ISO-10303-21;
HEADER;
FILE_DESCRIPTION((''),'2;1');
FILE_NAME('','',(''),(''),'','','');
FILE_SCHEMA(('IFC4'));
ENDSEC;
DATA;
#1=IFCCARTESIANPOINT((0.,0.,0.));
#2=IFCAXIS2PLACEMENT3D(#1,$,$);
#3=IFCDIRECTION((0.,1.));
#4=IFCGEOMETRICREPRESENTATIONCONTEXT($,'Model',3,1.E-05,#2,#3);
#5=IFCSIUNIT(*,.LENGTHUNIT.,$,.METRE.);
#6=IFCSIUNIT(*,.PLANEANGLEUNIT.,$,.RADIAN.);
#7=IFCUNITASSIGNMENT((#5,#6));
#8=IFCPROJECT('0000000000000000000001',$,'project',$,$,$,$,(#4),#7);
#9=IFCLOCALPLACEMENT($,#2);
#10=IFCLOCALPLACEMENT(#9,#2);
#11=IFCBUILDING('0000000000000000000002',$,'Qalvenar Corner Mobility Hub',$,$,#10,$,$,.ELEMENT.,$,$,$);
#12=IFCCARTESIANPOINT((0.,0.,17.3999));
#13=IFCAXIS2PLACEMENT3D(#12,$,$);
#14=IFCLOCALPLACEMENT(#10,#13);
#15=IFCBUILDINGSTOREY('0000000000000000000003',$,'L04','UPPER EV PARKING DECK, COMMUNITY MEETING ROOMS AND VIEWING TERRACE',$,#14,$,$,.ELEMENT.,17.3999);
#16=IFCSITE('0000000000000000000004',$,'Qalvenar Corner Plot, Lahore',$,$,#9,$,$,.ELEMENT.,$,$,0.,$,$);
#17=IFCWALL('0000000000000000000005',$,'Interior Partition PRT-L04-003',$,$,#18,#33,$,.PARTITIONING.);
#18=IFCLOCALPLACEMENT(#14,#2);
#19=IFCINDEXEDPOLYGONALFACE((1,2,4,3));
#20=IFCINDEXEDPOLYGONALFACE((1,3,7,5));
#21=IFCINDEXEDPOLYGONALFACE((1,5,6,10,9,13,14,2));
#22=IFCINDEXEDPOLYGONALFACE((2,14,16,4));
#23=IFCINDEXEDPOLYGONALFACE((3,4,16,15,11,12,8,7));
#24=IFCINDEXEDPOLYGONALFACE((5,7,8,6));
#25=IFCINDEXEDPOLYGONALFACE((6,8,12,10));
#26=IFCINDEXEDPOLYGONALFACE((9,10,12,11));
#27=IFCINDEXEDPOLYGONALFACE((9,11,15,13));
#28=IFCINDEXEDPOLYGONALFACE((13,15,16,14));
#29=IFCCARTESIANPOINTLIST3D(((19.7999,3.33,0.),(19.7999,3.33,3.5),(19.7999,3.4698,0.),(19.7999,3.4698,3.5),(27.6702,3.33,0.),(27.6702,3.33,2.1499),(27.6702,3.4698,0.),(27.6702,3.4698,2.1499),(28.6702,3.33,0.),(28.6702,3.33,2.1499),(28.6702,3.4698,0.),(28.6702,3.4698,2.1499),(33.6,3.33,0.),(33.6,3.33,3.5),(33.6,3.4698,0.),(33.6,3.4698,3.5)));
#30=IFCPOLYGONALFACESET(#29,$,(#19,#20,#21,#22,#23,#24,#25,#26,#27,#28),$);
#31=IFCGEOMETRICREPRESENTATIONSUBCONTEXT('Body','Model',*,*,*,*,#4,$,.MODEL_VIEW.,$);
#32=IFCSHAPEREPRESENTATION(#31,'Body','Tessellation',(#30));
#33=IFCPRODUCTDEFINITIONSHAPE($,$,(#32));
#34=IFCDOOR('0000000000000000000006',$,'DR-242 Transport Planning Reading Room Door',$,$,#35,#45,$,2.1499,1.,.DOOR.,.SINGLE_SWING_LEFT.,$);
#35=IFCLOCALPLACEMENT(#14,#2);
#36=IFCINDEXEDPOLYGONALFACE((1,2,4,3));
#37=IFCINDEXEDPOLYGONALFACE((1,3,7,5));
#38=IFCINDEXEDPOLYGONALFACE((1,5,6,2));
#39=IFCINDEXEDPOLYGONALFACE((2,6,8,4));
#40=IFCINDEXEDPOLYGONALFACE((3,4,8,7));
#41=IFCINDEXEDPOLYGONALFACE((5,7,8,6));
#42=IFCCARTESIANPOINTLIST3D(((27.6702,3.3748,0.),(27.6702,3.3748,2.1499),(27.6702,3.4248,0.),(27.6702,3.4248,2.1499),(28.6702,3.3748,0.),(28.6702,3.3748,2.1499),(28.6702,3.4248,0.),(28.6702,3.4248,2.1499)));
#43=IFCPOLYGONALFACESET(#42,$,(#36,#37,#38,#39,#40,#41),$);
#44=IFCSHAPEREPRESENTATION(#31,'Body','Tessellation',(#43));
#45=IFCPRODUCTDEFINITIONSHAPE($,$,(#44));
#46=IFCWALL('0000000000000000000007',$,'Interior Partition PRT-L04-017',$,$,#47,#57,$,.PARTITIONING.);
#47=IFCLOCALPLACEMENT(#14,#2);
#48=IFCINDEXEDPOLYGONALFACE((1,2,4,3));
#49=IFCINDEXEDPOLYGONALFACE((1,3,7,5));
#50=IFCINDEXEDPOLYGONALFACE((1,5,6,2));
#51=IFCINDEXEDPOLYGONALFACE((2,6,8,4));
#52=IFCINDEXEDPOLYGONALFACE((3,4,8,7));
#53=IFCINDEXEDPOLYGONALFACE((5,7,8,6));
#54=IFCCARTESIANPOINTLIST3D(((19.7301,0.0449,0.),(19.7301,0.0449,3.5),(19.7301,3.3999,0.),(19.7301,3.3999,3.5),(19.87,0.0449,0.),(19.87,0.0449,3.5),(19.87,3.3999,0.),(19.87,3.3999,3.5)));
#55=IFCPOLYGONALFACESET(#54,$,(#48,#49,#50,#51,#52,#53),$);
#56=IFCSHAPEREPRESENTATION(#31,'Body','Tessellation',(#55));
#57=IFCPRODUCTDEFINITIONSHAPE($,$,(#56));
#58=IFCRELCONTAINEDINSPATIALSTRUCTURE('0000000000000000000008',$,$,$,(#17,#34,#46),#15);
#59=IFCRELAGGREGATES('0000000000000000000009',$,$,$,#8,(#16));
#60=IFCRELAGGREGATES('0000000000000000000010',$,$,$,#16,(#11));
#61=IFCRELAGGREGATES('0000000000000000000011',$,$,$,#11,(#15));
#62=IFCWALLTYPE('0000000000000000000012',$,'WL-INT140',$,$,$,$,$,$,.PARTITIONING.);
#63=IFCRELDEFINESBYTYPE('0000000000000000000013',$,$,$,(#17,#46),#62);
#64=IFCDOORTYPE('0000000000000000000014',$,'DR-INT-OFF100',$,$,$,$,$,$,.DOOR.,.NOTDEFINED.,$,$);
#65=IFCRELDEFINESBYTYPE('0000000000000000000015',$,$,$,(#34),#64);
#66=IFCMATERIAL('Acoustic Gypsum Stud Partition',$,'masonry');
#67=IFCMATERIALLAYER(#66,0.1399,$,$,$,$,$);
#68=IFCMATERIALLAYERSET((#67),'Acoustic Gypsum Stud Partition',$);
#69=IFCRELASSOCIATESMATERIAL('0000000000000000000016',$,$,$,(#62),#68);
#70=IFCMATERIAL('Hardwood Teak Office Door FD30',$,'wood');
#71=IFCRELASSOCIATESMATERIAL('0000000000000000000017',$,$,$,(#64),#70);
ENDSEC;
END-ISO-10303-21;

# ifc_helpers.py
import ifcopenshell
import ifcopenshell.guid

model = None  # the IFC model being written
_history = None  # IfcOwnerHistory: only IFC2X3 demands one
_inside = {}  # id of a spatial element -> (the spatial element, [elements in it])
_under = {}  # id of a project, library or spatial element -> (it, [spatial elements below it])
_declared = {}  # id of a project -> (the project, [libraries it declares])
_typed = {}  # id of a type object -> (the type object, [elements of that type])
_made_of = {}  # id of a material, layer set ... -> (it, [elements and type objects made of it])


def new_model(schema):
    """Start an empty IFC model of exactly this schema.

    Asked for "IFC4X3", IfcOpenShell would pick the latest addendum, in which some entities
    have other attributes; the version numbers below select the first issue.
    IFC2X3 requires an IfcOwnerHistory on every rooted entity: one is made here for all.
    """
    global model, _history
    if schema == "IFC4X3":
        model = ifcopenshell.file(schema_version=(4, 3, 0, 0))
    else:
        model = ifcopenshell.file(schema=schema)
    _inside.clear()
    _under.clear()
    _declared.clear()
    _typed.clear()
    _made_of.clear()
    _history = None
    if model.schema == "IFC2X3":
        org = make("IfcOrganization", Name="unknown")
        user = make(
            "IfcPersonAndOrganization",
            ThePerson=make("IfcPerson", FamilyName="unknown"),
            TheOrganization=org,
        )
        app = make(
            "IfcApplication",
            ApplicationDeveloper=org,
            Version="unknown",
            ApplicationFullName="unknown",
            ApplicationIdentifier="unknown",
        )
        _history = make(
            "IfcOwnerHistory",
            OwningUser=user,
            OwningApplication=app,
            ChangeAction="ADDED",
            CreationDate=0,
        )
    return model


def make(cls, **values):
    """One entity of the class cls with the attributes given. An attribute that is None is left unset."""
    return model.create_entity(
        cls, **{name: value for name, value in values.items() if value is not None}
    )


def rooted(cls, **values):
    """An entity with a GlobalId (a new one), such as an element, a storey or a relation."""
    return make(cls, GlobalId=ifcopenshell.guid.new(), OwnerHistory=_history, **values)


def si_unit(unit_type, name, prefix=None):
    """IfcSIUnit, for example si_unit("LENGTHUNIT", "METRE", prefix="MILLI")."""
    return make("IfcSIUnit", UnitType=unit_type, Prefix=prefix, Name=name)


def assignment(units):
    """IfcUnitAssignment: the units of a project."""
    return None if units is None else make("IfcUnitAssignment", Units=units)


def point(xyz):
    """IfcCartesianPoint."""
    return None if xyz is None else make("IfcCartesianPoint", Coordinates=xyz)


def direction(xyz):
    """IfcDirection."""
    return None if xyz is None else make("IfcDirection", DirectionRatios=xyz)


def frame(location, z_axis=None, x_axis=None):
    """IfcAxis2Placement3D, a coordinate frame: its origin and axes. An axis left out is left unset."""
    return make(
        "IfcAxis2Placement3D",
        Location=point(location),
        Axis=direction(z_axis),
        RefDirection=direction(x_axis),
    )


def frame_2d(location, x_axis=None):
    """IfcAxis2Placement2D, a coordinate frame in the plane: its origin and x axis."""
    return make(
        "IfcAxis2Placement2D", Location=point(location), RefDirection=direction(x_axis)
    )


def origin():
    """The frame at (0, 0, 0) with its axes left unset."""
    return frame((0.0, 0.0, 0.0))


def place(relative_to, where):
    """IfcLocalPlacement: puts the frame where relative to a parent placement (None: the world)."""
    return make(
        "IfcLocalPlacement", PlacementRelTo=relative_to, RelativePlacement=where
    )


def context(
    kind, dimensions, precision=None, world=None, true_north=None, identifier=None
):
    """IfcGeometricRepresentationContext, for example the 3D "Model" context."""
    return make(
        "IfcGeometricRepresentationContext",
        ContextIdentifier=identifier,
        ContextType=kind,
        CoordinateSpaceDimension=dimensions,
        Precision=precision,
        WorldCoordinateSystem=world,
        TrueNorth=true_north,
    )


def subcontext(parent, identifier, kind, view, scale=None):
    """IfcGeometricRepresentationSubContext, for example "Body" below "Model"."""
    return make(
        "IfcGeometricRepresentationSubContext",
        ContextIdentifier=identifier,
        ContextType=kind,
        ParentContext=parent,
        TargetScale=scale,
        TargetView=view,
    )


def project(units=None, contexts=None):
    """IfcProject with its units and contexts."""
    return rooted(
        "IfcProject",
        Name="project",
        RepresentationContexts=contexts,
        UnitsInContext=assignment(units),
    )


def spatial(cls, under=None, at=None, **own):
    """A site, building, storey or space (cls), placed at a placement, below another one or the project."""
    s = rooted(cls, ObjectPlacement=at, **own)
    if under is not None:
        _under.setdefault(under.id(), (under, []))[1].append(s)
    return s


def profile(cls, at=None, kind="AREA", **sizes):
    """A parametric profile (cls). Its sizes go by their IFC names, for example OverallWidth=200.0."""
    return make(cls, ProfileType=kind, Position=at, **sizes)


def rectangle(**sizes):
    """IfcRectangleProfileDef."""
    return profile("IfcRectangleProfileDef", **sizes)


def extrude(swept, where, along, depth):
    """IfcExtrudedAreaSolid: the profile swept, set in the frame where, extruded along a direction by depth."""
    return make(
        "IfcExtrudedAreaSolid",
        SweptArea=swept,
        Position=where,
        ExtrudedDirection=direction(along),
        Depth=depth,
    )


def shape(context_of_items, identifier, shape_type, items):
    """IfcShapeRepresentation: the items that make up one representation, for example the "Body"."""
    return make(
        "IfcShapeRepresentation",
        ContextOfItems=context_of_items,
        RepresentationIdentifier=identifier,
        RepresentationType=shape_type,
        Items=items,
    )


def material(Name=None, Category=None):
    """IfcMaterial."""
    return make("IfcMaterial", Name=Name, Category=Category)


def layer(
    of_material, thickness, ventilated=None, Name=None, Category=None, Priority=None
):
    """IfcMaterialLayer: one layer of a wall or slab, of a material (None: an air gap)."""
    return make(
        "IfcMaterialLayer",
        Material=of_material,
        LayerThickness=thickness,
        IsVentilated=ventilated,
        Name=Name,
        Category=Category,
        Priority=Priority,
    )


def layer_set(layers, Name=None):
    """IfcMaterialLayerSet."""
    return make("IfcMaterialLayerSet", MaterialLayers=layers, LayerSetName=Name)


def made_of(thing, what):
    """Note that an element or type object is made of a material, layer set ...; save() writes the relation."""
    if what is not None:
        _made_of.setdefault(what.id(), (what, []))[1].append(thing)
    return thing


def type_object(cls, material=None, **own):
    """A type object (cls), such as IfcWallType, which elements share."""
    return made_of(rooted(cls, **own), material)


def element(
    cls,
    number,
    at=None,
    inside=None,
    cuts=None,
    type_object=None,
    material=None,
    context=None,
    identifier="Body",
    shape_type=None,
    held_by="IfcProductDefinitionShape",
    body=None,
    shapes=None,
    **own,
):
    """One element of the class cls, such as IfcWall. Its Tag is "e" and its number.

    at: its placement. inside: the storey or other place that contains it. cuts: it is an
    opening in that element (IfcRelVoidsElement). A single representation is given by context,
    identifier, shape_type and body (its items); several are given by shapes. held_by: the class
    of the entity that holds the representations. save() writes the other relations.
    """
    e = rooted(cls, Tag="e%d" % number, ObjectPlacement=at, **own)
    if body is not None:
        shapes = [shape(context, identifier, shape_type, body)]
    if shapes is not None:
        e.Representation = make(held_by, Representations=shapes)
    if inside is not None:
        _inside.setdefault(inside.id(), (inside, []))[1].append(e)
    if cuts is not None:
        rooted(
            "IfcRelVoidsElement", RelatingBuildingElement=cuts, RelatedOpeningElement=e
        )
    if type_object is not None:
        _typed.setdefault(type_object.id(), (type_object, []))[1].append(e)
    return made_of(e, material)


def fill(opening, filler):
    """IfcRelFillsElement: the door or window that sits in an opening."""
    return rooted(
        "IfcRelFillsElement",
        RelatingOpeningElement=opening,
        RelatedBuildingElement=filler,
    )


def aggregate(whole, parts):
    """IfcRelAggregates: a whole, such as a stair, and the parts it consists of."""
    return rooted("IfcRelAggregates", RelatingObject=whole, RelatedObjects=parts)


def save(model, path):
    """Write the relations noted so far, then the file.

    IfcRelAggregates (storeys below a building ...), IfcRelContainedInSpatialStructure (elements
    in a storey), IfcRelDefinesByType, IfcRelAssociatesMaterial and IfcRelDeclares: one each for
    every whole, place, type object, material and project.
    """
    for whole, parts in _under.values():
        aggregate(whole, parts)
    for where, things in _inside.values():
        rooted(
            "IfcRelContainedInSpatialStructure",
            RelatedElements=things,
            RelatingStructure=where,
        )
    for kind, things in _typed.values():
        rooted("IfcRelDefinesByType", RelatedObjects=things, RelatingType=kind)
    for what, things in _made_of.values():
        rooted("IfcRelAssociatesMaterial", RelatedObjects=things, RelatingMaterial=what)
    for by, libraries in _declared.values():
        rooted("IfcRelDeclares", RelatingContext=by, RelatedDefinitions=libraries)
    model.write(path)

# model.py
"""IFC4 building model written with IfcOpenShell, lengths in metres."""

from ifc_helpers import new_model, si_unit, direction, frame, frame_2d, origin, place, context, subcontext, project, spatial, rectangle, extrude, material, layer, layer_set, type_object, element, fill, save


model = new_model("IFC4")

# Units and contexts
model_context = context("Model", 3, precision=1e-05, world=origin(), true_north=direction((0.0, 1.0)))
body_context = subcontext(model_context, "Body", "Model", "MODEL_VIEW")
ifc_project = project(units=[si_unit("LENGTHUNIT", "METRE"), si_unit("PLANEANGLEUNIT", "RADIAN")], contexts=[model_context])

# Site, building, storey
site_placement = place(None, origin())
site = spatial("IfcSite", under=ifc_project, at=site_placement, Name="Qalvenar Corner Plot, Lahore", CompositionType="ELEMENT", RefElevation=0.0)
building_placement = place(site_placement, origin())
building = spatial("IfcBuilding", under=site, at=building_placement, Name="Qalvenar Corner Mobility Hub", CompositionType="ELEMENT")
storey_placement = place(building_placement, frame((0.0, 0.0, 17.3999)))
storey = spatial("IfcBuildingStorey", under=building, at=storey_placement, Name="L04", Description="UPPER EV PARKING DECK, COMMUNITY MEETING ROOMS AND VIEWING TERRACE", CompositionType="ELEMENT", Elevation=17.3999)

# Wall, opening, door
ifc_material_1 = material(Name="Acoustic Gypsum Stud Partition", Category="masonry")
ifc_layer_1 = layer(ifc_material_1, 0.1399)
ifc_layer_set_1 = layer_set([ifc_layer_1], Name="Acoustic Gypsum Stud Partition")
wall_type = type_object("IfcWallType", Name="WL-INT140", PredefinedType="PARTITIONING", material=ifc_layer_set_1)
wall_1_placement = place(storey_placement, frame((19.8, 3.3999, 0.0), z_axis=(0.0, 0.0, 1.0), x_axis=(1.0, 0.0, 0.0)))
wall_1 = element("IfcWall", 1, at=wall_1_placement, inside=storey, type_object=wall_type, Name="Interior Partition PRT-L04-003", PredefinedType="PARTITIONING", context=body_context, shape_type="SweptSolid", body=[
    extrude(rectangle(XDim=13.8, YDim=0.1399, at=frame_2d((6.8999, 0.0))), origin(), (0.0, 0.0, 1.0), 3.5),
])
opening_placement = place(wall_1_placement, frame((7.8701, 0.0, 0.0)))
opening = element("IfcOpeningElement", 2, at=opening_placement, cuts=wall_1, PredefinedType="OPENING", context=body_context, shape_type="SweptSolid", body=[
    extrude(rectangle(XDim=1.0, YDim=2.1499, at=frame_2d((0.5, 1.075))), frame((0.0, 0.0801, 0.0), z_axis=(0.0, -1.0, 0.0), x_axis=(1.0, 0.0, 0.0)), (0.0, 0.0, 1.0), 0.1599),
])
ifc_material_2 = material(Name="Hardwood Teak Office Door FD30", Category="wood")
door_type = type_object("IfcDoorType", Name="DR-INT-OFF100", OperationType="NOTDEFINED", PredefinedType="DOOR", material=ifc_material_2)
door_placement = place(opening_placement, origin())
door = element("IfcDoor", 3, at=door_placement, inside=storey, type_object=door_type, Name="DR-242 Transport Planning Reading Room Door", OperationType="SINGLE_SWING_LEFT", OverallHeight=2.1499, OverallWidth=1.0, PredefinedType="DOOR", context=body_context, shape_type="SweptSolid", body=[
    extrude(rectangle(XDim=1.0, YDim=2.1499, at=frame_2d((0.5, 1.075))), frame((0.0, 0.0249, 0.0), z_axis=(0.0, -1.0, 0.0), x_axis=(1.0, 0.0, 0.0)), (0.0, 0.0, 1.0), 0.05),
])
fill(opening, door)

# Wall
wall_2_placement = place(storey_placement, frame((19.8, 0.0449, 0.0), z_axis=(0.0, 0.0, 1.0), x_axis=(0.0, 1.0, 0.0)))
element("IfcWall", 4, at=wall_2_placement, inside=storey, type_object=wall_type, Name="Interior Partition PRT-L04-017", PredefinedType="PARTITIONING", context=body_context, shape_type="SweptSolid", body=[
    extrude(rectangle(XDim=3.355, YDim=0.1399, at=frame_2d((1.6775, 0.0))), origin(), (0.0, 0.0, 1.0), 3.5),
])

save(model, "model.ifc")
